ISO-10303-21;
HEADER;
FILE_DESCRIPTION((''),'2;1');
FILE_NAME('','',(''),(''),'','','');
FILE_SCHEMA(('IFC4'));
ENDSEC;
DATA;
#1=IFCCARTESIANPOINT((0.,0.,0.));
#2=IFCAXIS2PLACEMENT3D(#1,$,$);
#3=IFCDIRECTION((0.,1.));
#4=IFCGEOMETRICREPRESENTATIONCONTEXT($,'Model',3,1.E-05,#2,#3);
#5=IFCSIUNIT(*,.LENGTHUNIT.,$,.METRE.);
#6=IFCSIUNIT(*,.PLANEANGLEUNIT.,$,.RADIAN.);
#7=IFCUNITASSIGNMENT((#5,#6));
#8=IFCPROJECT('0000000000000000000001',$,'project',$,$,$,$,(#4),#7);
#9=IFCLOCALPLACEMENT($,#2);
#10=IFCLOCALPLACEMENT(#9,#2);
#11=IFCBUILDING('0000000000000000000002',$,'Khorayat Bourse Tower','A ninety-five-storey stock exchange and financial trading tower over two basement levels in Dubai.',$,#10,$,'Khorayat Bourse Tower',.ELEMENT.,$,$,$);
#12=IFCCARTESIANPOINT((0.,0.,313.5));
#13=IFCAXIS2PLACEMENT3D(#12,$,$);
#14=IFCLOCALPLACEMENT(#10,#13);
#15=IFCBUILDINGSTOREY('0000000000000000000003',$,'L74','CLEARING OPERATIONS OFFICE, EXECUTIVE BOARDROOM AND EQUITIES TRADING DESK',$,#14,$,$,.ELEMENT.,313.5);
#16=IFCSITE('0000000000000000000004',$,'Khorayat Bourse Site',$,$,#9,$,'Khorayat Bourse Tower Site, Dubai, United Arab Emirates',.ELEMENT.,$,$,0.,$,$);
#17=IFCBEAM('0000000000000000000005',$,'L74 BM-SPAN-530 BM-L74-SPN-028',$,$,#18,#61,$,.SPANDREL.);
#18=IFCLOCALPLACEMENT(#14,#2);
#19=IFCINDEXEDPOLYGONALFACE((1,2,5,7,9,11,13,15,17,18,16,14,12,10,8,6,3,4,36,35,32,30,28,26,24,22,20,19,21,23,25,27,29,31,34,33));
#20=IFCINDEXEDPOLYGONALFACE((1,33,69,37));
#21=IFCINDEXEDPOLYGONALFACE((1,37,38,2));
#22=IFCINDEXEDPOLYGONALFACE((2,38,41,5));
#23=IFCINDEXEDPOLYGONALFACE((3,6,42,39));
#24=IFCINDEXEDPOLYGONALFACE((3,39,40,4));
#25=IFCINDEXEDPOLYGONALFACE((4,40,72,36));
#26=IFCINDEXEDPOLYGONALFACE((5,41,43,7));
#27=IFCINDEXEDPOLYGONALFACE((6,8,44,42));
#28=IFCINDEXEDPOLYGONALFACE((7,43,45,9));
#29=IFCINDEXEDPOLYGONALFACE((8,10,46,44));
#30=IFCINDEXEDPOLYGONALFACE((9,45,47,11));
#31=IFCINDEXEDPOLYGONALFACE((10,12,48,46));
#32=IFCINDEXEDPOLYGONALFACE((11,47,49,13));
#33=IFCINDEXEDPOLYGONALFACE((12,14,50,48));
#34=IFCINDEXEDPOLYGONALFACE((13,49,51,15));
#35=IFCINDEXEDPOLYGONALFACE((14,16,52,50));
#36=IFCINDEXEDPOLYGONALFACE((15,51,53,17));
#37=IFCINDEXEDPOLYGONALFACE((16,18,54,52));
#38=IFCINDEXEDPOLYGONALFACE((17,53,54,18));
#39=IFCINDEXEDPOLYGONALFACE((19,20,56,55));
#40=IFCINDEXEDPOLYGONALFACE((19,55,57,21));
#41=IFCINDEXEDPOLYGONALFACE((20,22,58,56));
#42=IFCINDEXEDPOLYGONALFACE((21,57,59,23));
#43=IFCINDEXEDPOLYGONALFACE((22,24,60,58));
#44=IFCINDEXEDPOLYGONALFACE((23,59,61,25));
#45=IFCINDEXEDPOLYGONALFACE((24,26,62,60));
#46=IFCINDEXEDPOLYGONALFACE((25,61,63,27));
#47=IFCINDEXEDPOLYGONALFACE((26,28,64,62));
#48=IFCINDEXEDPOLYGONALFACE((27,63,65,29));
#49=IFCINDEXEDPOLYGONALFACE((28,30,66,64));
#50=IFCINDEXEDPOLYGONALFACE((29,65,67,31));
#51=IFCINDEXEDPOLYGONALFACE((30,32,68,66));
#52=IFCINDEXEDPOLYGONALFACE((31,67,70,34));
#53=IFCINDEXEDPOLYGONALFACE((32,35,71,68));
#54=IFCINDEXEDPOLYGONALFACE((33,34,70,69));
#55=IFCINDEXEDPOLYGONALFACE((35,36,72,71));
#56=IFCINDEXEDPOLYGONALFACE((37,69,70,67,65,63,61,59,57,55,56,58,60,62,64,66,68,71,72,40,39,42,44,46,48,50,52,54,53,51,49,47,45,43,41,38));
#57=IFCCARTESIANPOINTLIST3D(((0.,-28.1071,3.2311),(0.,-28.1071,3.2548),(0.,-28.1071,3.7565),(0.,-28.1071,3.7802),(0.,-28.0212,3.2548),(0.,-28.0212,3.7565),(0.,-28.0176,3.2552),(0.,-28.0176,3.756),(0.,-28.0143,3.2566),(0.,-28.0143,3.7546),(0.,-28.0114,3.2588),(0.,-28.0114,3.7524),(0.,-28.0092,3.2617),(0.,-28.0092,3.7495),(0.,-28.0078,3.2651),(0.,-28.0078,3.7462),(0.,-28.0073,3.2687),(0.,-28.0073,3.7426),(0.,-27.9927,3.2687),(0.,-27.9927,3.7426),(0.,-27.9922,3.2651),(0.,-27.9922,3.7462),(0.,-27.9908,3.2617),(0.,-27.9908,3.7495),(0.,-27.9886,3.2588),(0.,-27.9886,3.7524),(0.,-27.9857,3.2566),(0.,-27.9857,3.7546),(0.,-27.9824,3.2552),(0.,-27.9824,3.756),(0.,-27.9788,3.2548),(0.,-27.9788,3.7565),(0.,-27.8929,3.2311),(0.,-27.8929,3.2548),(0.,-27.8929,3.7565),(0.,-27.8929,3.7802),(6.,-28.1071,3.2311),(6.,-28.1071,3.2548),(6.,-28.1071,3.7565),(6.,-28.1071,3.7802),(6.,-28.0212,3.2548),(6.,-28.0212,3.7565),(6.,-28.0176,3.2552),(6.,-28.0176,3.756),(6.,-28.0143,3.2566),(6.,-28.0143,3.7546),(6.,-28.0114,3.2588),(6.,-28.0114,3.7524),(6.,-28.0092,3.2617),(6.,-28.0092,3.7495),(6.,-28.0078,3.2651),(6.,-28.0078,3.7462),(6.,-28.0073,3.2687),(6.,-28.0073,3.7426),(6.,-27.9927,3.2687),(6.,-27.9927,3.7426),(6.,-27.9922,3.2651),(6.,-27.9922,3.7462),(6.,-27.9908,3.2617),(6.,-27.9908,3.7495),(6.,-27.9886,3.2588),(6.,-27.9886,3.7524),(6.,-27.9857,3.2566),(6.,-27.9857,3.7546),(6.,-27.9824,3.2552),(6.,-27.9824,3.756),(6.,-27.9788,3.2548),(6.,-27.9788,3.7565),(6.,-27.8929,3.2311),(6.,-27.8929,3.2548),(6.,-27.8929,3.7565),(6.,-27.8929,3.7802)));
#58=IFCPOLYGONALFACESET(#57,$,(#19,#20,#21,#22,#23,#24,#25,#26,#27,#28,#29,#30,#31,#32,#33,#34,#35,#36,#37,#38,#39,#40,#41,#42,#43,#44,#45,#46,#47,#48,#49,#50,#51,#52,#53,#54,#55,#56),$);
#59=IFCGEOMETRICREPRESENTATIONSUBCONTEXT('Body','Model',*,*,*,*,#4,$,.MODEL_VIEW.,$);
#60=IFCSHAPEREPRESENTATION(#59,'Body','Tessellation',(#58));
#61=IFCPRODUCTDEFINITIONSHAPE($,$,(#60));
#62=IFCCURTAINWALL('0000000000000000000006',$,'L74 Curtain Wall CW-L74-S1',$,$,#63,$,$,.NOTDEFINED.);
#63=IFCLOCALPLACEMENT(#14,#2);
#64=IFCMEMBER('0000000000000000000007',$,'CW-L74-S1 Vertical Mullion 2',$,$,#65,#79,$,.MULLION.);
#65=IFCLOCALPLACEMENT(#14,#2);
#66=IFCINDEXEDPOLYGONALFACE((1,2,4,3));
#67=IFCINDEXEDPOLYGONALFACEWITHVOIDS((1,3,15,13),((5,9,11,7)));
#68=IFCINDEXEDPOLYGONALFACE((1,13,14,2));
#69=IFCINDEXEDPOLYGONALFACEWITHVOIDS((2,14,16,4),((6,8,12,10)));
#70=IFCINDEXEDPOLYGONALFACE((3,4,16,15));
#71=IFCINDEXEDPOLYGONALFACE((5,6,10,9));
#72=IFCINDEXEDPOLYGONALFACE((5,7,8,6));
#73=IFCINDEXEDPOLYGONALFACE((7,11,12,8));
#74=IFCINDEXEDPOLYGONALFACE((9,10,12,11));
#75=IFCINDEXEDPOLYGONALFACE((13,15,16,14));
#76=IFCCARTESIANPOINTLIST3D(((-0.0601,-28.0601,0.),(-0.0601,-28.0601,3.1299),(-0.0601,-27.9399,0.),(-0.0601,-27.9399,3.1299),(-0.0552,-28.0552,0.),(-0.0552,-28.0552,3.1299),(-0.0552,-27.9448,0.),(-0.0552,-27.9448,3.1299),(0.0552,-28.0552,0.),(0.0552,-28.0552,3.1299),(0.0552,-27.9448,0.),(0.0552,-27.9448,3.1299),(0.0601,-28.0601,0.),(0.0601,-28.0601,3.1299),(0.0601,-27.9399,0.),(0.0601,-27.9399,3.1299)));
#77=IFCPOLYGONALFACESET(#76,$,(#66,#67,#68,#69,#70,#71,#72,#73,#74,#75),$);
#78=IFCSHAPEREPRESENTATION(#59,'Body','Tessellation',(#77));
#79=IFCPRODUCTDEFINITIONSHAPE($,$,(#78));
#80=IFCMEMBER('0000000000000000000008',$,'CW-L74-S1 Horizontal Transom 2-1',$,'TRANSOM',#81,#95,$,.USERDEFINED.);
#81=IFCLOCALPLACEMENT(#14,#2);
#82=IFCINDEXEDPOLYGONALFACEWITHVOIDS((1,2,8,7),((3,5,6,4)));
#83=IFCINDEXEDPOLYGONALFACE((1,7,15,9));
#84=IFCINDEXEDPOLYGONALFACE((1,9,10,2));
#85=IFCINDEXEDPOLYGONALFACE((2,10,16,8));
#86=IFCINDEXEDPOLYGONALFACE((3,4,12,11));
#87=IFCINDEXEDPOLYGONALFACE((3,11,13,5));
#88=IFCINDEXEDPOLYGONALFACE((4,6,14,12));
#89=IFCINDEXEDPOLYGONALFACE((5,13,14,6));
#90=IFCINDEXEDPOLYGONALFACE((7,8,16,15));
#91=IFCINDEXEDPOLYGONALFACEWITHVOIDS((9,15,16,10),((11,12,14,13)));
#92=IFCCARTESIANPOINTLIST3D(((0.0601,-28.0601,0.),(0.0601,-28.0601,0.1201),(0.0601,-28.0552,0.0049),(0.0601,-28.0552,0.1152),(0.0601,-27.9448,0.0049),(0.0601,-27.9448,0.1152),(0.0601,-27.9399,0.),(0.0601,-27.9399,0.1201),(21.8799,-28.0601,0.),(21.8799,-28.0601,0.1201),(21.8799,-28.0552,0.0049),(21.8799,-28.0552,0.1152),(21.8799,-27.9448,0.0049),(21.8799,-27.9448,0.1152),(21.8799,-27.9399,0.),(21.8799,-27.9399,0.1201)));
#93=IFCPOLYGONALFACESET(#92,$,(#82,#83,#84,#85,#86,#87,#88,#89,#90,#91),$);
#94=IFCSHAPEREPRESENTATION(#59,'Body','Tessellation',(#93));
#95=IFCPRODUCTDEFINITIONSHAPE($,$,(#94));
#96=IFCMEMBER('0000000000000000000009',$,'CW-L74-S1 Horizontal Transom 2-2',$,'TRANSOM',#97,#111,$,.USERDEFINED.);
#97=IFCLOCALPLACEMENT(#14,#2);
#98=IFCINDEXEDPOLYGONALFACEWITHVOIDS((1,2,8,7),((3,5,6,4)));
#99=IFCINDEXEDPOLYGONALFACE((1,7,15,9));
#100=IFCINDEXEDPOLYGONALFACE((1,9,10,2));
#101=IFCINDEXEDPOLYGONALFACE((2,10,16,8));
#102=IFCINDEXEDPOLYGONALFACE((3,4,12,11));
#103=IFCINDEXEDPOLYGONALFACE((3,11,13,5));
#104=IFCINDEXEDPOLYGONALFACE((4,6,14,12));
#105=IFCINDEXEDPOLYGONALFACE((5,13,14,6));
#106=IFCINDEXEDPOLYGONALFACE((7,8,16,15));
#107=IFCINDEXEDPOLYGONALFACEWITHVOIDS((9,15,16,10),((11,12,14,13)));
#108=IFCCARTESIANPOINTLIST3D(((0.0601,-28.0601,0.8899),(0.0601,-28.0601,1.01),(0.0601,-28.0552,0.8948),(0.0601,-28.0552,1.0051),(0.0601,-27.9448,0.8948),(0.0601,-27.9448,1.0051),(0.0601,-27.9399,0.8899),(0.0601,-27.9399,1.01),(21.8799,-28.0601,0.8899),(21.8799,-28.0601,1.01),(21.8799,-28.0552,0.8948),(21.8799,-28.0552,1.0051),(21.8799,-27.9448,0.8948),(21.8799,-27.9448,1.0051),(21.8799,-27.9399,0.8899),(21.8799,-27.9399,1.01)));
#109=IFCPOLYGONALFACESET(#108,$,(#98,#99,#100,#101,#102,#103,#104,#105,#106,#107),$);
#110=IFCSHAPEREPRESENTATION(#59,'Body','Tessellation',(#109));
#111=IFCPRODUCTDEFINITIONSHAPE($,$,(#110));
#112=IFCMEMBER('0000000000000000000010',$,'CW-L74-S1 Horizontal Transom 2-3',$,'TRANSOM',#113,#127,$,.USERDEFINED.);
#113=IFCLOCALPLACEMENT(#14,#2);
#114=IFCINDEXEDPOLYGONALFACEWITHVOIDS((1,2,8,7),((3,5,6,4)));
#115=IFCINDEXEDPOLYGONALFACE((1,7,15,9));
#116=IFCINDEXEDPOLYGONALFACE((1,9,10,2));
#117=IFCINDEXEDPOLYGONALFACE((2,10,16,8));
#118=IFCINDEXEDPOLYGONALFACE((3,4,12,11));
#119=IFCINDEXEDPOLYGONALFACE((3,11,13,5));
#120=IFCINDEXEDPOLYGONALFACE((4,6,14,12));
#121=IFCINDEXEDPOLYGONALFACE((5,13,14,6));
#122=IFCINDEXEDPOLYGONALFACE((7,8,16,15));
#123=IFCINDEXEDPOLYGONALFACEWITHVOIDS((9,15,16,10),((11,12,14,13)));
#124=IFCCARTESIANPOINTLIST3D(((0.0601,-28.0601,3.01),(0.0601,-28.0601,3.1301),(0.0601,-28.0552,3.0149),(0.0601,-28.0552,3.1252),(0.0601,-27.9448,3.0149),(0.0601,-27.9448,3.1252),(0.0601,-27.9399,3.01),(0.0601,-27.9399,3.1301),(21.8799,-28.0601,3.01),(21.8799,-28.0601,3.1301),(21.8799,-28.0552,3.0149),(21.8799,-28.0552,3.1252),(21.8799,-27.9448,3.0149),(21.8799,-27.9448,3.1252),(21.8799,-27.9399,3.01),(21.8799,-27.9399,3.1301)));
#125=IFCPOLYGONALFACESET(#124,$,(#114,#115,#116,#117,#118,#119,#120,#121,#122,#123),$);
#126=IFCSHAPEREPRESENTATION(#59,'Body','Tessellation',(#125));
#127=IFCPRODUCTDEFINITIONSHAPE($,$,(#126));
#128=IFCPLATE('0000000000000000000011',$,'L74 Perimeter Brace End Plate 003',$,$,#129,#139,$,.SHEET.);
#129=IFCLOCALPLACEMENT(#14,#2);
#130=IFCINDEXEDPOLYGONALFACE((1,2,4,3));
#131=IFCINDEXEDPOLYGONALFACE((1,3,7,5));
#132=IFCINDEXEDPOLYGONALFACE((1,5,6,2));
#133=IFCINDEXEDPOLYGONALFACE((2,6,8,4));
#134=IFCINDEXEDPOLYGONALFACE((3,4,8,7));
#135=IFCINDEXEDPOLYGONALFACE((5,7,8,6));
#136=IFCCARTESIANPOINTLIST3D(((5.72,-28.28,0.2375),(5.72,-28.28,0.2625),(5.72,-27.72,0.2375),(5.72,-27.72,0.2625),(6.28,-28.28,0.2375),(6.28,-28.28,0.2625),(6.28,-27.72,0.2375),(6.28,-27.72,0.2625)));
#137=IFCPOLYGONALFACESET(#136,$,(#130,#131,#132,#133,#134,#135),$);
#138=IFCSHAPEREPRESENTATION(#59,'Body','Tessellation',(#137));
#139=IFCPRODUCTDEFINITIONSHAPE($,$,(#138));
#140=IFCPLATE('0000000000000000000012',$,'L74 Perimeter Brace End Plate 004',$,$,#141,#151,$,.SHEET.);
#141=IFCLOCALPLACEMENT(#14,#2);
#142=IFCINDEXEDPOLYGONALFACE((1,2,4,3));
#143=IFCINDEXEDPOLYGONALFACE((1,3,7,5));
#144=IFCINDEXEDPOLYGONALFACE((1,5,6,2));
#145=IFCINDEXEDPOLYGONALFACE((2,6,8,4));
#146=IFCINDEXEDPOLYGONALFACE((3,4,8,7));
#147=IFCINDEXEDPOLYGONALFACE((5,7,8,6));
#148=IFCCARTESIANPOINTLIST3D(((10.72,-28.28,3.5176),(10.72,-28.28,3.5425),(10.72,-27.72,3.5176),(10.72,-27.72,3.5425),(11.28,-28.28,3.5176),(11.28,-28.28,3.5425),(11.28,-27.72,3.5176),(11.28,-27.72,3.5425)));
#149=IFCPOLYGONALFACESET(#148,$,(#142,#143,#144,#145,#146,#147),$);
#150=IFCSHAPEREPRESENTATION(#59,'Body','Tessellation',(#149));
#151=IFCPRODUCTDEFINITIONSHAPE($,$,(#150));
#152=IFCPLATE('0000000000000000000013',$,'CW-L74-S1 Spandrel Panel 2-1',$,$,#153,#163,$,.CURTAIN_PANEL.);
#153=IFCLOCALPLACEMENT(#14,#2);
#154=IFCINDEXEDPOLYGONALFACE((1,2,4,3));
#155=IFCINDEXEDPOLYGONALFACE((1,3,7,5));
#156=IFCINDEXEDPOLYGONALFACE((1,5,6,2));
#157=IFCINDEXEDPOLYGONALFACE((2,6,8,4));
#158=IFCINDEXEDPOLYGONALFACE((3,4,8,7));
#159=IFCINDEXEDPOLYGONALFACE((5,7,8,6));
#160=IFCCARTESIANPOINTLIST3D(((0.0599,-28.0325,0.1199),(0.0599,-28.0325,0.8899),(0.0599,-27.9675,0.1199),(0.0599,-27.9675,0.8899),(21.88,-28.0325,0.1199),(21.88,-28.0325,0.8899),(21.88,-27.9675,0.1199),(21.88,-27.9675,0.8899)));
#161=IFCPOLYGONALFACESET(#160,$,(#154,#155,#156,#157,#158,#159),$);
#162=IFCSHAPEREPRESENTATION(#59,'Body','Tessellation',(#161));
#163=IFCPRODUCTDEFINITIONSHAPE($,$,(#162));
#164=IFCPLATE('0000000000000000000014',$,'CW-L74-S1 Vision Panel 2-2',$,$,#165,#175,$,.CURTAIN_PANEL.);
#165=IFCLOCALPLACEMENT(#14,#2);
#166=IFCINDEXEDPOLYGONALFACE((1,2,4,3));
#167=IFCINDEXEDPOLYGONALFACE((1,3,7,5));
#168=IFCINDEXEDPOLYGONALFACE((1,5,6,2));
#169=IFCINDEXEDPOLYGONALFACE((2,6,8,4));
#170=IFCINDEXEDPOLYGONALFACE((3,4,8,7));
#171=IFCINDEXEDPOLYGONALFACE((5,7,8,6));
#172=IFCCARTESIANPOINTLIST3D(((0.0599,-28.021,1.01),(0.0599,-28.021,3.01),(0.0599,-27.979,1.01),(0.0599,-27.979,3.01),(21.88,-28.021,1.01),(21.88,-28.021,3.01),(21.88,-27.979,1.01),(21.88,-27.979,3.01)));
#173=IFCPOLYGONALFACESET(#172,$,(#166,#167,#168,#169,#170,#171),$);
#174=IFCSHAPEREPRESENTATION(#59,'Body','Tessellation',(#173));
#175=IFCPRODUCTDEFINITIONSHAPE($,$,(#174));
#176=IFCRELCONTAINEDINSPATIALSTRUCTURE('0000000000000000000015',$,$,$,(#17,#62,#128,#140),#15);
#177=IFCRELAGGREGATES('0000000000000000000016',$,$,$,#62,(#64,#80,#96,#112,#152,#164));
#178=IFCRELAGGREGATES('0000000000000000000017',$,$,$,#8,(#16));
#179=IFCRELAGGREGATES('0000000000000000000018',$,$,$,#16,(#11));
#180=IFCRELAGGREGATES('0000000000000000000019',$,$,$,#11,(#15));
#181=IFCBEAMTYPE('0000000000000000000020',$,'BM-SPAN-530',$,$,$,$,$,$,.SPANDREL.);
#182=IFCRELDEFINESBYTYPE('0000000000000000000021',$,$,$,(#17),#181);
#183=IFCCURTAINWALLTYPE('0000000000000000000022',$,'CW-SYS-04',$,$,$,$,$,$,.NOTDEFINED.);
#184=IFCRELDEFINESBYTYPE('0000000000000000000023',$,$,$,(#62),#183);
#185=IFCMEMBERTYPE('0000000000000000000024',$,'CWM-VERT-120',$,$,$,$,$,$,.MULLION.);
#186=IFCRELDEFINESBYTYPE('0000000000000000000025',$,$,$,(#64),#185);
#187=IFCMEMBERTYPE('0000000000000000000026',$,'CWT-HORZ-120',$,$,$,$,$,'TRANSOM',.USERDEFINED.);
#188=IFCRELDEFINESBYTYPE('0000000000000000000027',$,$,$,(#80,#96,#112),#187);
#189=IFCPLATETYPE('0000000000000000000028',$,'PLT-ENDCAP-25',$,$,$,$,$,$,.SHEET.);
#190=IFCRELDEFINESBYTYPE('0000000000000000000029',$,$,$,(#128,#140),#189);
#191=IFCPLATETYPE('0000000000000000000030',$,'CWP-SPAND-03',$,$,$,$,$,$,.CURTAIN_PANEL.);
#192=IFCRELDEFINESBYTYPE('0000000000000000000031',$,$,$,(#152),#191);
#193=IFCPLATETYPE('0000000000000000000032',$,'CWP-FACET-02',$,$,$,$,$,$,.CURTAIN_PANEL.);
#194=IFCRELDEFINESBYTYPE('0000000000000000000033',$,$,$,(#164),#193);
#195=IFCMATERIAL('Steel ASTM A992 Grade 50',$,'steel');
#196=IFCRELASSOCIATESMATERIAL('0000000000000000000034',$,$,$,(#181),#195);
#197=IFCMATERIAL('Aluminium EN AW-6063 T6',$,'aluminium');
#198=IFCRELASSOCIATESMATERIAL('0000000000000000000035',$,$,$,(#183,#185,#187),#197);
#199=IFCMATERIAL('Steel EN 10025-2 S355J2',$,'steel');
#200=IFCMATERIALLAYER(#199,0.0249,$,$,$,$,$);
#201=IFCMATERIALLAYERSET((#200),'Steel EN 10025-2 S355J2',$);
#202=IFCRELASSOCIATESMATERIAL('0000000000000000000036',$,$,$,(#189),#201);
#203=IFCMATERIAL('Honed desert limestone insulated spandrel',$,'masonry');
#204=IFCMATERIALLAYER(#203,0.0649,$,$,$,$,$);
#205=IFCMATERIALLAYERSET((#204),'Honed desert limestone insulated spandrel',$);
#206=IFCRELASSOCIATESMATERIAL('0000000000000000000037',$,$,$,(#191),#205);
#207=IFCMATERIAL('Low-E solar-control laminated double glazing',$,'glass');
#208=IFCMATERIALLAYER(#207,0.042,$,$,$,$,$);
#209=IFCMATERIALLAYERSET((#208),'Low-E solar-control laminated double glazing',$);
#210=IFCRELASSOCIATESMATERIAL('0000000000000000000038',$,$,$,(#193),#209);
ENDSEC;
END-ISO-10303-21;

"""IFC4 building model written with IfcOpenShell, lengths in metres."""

from ifc_helpers import new_model, si_unit, direction, frame, origin, origin_2d, place, context, subcontext, project, spatial, rectangle, hollow_rectangle, i_section, extrude, source, transform, mapped, material, layer, layer_set, material_profile, profile_set, type_object, element, aggregate, save


model = new_model("IFC4")

# Units and contexts
model_context = context("Model", 3, precision=1e-05, world=origin(), true_north=direction((0.0, 1.0)))
body_context = subcontext(model_context, "Body", "Model", "MODEL_VIEW")
ifc_project = project(units=[si_unit("LENGTHUNIT", "METRE"), si_unit("PLANEANGLEUNIT", "RADIAN")], contexts=[model_context])

# Site, building, storey
site_placement = place(None, origin())
site = spatial("IfcSite", under=ifc_project, at=site_placement, Name="Khorayat Bourse Site", LongName="Khorayat Bourse Tower Site, Dubai, United Arab Emirates", CompositionType="ELEMENT", RefElevation=0.0)
building_placement = place(site_placement, origin())
building = spatial("IfcBuilding", under=site, at=building_placement, Name="Khorayat Bourse Tower", Description="A ninety-five-storey stock exchange and financial trading tower over two basement levels in Dubai.", LongName="Khorayat Bourse Tower", CompositionType="ELEMENT")
storey_placement = place(building_placement, frame((0.0, 0.0, 313.5)))
storey = spatial("IfcBuildingStorey", under=building, at=storey_placement, Name="L74", Description="CLEARING OPERATIONS OFFICE, EXECUTIVE BOARDROOM AND EQUITIES TRADING DESK", CompositionType="ELEMENT", Elevation=313.5)

# Shared definitions
ifc_material_1 = material(Name="Steel ASTM A992 Grade 50", Category="steel")

# Beam
ifc_material_profile_1 = material_profile(ifc_material_1, i_section(OverallWidth=0.2141, OverallDepth=0.5491, WebThickness=0.0146, FlangeThickness=0.0237, FilletRadius=0.0139, at=origin_2d()), Name="W530X138")
ifc_profile_set_1 = profile_set([ifc_material_profile_1], Name="Steel ASTM A992 Grade 50")
beam_type_1 = type_object("IfcBeamType", Name="BM-SPAN-530", PredefinedType="SPANDREL", material=ifc_profile_set_1)
shared_shape_1 = source(origin(), body_context, "Body", "SweptSolid", [
    extrude(i_section(OverallWidth=0.2141, OverallDepth=0.5491, WebThickness=0.0146, FlangeThickness=0.0237, FilletRadius=0.0139, at=origin_2d()), origin(), (0.0, 0.0, 1.0), 6.0),
])
beam_1_placement = place(storey_placement, frame((0.0, -28.0, 3.5056), z_axis=(1.0, 0.0, 0.0), x_axis=(0.0, 1.0, 0.0)))
element("IfcBeam", 1, at=beam_1_placement, inside=storey, type_object=beam_type_1, Name="L74 BM-SPAN-530 BM-L74-SPN-028", PredefinedType="SPANDREL", context=body_context, shape_type="MappedRepresentation", body=[
    mapped(shared_shape_1, transform((0.0, 0.0, 0.0), scale=1.0)),
])

# Curtain wall, members
ifc_material_2 = material(Name="Aluminium EN AW-6063 T6", Category="aluminium")
curtain_wall_type = type_object("IfcCurtainWallType", Name="CW-SYS-04", PredefinedType="NOTDEFINED", material=ifc_material_2)
curtain_wall_placement = place(storey_placement, origin())
curtain_wall = element("IfcCurtainWall", 2, at=curtain_wall_placement, inside=storey, type_object=curtain_wall_type, Name="L74 Curtain Wall CW-L74-S1", PredefinedType="NOTDEFINED")
ifc_material_profile_2 = material_profile(ifc_material_2, hollow_rectangle(XDim=0.1201, YDim=0.1201, WallThickness=0.0049, at=origin_2d()), Name="ALU 120x120x5")
ifc_profile_set_2 = profile_set([ifc_material_profile_2], Name="Aluminium EN AW-6063 T6")
member_type_1 = type_object("IfcMemberType", Name="CWM-VERT-120", PredefinedType="MULLION", material=ifc_profile_set_2)
shared_shape_2 = source(origin(), body_context, "Body", "SweptSolid", [
    extrude(hollow_rectangle(XDim=0.1201, YDim=0.1201, WallThickness=0.0049, at=origin_2d()), origin(), (0.0, 0.0, 1.0), 3.1299),
])
member_1_placement = place(storey_placement, frame((0.0, -28.0, 0.0), z_axis=(0.0, 0.0, 1.0), x_axis=(0.0, 1.0, 0.0)))
member_1 = element("IfcMember", 3, at=member_1_placement, type_object=member_type_1, Name="CW-L74-S1 Vertical Mullion 2", PredefinedType="MULLION", context=body_context, shape_type="MappedRepresentation", body=[
    mapped(shared_shape_2, transform((0.0, 0.0, 0.0), scale=1.0)),
])
ifc_material_profile_3 = material_profile(ifc_material_2, hollow_rectangle(XDim=0.1201, YDim=0.1201, WallThickness=0.0049, at=origin_2d()), Name="ALU 120x120x5")
ifc_profile_set_3 = profile_set([ifc_material_profile_3], Name="Aluminium EN AW-6063 T6")
member_type_2 = type_object("IfcMemberType", Name="CWT-HORZ-120", ElementType="TRANSOM", PredefinedType="USERDEFINED", material=ifc_profile_set_3)
shared_shape_3 = source(origin(), body_context, "Body", "SweptSolid", [
    extrude(hollow_rectangle(XDim=0.1201, YDim=0.1201, WallThickness=0.0049, at=origin_2d()), origin(), (0.0, 0.0, 1.0), 21.8198),
])
member_2_placement = place(storey_placement, frame((0.0601, -28.0, 0.0601), z_axis=(1.0, 0.0, 0.0), x_axis=(0.0, 1.0, 0.0)))
member_2 = element("IfcMember", 4, at=member_2_placement, type_object=member_type_2, Name="CW-L74-S1 Horizontal Transom 2-1", ObjectType="TRANSOM", PredefinedType="USERDEFINED", context=body_context, shape_type="MappedRepresentation", body=[
    mapped(shared_shape_3, transform((0.0, 0.0, 0.0), scale=1.0)),
])
member_3_placement = place(storey_placement, frame((0.0601, -28.0, 0.95), z_axis=(1.0, 0.0, 0.0), x_axis=(0.0, 1.0, 0.0)))
member_3 = element("IfcMember", 5, at=member_3_placement, type_object=member_type_2, Name="CW-L74-S1 Horizontal Transom 2-2", ObjectType="TRANSOM", PredefinedType="USERDEFINED", context=body_context, shape_type="MappedRepresentation", body=[
    mapped(shared_shape_3, transform((0.0, 0.0, 0.0), scale=1.0)),
])
member_4_placement = place(storey_placement, frame((0.0601, -28.0, 3.0701), z_axis=(1.0, 0.0, 0.0), x_axis=(0.0, 1.0, 0.0)))
member_4 = element("IfcMember", 6, at=member_4_placement, type_object=member_type_2, Name="CW-L74-S1 Horizontal Transom 2-3", ObjectType="TRANSOM", PredefinedType="USERDEFINED", context=body_context, shape_type="MappedRepresentation", body=[
    mapped(shared_shape_3, transform((0.0, 0.0, 0.0), scale=1.0)),
])

# Plates
ifc_material_3 = material(Name="Steel EN 10025-2 S355J2", Category="steel")
ifc_layer_1 = layer(ifc_material_3, 0.0249)
ifc_layer_set_1 = layer_set([ifc_layer_1], Name="Steel EN 10025-2 S355J2")
plate_type_1 = type_object("IfcPlateType", Name="PLT-ENDCAP-25", PredefinedType="SHEET", material=ifc_layer_set_1)
shared_shape_4 = source(origin(), body_context, "Body", "SweptSolid", [
    extrude(rectangle(XDim=0.5601, YDim=0.5601, at=origin_2d()), origin(), (0.0, 0.0, 1.0), 0.0249),
])
for number, where, z_axis, x_axis, name in (
    (7, (6.0, -28.0, 0.2375), (0.0, 0.0, 1.0), (1.0, 0.0, 0.0), "L74 Perimeter Brace End Plate 003"),
    (8, (11.0, -28.0, 3.5176), (0.0, 0.0, 1.0), (1.0, 0.0, 0.0), "L74 Perimeter Brace End Plate 004"),
):
    element("IfcPlate", number, at=place(storey_placement, frame(where, z_axis=z_axis, x_axis=x_axis)), inside=storey, type_object=plate_type_1, Name=name, PredefinedType="SHEET", context=body_context, shape_type="MappedRepresentation", body=[
        mapped(shared_shape_4, transform((0.0, 0.0, 0.0), scale=1.0)),
    ])

# Plates
ifc_material_4 = material(Name="Honed desert limestone insulated spandrel", Category="masonry")
ifc_layer_2 = layer(ifc_material_4, 0.0649)
ifc_layer_set_2 = layer_set([ifc_layer_2], Name="Honed desert limestone insulated spandrel")
plate_type_2 = type_object("IfcPlateType", Name="CWP-SPAND-03", PredefinedType="CURTAIN_PANEL", material=ifc_layer_set_2)
shared_shape_5 = source(origin(), body_context, "Body", "SweptSolid", [
    extrude(rectangle(XDim=21.8201, YDim=0.0649, at=origin_2d()), origin(), (0.0, 0.0, 1.0), 0.77),
])
plate_1_placement = place(storey_placement, frame((10.97, -28.0, 0.1199), z_axis=(0.0, 0.0, 1.0), x_axis=(1.0, 0.0, 0.0)))
plate_1 = element("IfcPlate", 9, at=plate_1_placement, type_object=plate_type_2, Name="CW-L74-S1 Spandrel Panel 2-1", PredefinedType="CURTAIN_PANEL", context=body_context, shape_type="MappedRepresentation", body=[
    mapped(shared_shape_5, transform((0.0, 0.0, 0.0), scale=1.0)),
])
ifc_material_5 = material(Name="Low-E solar-control laminated double glazing", Category="glass")
ifc_layer_3 = layer(ifc_material_5, 0.042)
ifc_layer_set_3 = layer_set([ifc_layer_3], Name="Low-E solar-control laminated double glazing")
plate_type_3 = type_object("IfcPlateType", Name="CWP-FACET-02", PredefinedType="CURTAIN_PANEL", material=ifc_layer_set_3)
shared_shape_6 = source(origin(), body_context, "Body", "SweptSolid", [
    extrude(rectangle(XDim=21.8201, YDim=0.042, at=origin_2d()), origin(), (0.0, 0.0, 1.0), 2.0),
])
plate_2_placement = place(storey_placement, frame((10.97, -28.0, 1.01), z_axis=(0.0, 0.0, 1.0), x_axis=(1.0, 0.0, 0.0)))
plate_2 = element("IfcPlate", 10, at=plate_2_placement, type_object=plate_type_3, Name="CW-L74-S1 Vision Panel 2-2", PredefinedType="CURTAIN_PANEL", context=body_context, shape_type="MappedRepresentation", body=[
    mapped(shared_shape_6, transform((0.0, 0.0, 0.0), scale=1.0)),
])
aggregate(curtain_wall, [member_1, member_2, member_3, member_4, plate_1, plate_2])

save(model, "model.ifc")
